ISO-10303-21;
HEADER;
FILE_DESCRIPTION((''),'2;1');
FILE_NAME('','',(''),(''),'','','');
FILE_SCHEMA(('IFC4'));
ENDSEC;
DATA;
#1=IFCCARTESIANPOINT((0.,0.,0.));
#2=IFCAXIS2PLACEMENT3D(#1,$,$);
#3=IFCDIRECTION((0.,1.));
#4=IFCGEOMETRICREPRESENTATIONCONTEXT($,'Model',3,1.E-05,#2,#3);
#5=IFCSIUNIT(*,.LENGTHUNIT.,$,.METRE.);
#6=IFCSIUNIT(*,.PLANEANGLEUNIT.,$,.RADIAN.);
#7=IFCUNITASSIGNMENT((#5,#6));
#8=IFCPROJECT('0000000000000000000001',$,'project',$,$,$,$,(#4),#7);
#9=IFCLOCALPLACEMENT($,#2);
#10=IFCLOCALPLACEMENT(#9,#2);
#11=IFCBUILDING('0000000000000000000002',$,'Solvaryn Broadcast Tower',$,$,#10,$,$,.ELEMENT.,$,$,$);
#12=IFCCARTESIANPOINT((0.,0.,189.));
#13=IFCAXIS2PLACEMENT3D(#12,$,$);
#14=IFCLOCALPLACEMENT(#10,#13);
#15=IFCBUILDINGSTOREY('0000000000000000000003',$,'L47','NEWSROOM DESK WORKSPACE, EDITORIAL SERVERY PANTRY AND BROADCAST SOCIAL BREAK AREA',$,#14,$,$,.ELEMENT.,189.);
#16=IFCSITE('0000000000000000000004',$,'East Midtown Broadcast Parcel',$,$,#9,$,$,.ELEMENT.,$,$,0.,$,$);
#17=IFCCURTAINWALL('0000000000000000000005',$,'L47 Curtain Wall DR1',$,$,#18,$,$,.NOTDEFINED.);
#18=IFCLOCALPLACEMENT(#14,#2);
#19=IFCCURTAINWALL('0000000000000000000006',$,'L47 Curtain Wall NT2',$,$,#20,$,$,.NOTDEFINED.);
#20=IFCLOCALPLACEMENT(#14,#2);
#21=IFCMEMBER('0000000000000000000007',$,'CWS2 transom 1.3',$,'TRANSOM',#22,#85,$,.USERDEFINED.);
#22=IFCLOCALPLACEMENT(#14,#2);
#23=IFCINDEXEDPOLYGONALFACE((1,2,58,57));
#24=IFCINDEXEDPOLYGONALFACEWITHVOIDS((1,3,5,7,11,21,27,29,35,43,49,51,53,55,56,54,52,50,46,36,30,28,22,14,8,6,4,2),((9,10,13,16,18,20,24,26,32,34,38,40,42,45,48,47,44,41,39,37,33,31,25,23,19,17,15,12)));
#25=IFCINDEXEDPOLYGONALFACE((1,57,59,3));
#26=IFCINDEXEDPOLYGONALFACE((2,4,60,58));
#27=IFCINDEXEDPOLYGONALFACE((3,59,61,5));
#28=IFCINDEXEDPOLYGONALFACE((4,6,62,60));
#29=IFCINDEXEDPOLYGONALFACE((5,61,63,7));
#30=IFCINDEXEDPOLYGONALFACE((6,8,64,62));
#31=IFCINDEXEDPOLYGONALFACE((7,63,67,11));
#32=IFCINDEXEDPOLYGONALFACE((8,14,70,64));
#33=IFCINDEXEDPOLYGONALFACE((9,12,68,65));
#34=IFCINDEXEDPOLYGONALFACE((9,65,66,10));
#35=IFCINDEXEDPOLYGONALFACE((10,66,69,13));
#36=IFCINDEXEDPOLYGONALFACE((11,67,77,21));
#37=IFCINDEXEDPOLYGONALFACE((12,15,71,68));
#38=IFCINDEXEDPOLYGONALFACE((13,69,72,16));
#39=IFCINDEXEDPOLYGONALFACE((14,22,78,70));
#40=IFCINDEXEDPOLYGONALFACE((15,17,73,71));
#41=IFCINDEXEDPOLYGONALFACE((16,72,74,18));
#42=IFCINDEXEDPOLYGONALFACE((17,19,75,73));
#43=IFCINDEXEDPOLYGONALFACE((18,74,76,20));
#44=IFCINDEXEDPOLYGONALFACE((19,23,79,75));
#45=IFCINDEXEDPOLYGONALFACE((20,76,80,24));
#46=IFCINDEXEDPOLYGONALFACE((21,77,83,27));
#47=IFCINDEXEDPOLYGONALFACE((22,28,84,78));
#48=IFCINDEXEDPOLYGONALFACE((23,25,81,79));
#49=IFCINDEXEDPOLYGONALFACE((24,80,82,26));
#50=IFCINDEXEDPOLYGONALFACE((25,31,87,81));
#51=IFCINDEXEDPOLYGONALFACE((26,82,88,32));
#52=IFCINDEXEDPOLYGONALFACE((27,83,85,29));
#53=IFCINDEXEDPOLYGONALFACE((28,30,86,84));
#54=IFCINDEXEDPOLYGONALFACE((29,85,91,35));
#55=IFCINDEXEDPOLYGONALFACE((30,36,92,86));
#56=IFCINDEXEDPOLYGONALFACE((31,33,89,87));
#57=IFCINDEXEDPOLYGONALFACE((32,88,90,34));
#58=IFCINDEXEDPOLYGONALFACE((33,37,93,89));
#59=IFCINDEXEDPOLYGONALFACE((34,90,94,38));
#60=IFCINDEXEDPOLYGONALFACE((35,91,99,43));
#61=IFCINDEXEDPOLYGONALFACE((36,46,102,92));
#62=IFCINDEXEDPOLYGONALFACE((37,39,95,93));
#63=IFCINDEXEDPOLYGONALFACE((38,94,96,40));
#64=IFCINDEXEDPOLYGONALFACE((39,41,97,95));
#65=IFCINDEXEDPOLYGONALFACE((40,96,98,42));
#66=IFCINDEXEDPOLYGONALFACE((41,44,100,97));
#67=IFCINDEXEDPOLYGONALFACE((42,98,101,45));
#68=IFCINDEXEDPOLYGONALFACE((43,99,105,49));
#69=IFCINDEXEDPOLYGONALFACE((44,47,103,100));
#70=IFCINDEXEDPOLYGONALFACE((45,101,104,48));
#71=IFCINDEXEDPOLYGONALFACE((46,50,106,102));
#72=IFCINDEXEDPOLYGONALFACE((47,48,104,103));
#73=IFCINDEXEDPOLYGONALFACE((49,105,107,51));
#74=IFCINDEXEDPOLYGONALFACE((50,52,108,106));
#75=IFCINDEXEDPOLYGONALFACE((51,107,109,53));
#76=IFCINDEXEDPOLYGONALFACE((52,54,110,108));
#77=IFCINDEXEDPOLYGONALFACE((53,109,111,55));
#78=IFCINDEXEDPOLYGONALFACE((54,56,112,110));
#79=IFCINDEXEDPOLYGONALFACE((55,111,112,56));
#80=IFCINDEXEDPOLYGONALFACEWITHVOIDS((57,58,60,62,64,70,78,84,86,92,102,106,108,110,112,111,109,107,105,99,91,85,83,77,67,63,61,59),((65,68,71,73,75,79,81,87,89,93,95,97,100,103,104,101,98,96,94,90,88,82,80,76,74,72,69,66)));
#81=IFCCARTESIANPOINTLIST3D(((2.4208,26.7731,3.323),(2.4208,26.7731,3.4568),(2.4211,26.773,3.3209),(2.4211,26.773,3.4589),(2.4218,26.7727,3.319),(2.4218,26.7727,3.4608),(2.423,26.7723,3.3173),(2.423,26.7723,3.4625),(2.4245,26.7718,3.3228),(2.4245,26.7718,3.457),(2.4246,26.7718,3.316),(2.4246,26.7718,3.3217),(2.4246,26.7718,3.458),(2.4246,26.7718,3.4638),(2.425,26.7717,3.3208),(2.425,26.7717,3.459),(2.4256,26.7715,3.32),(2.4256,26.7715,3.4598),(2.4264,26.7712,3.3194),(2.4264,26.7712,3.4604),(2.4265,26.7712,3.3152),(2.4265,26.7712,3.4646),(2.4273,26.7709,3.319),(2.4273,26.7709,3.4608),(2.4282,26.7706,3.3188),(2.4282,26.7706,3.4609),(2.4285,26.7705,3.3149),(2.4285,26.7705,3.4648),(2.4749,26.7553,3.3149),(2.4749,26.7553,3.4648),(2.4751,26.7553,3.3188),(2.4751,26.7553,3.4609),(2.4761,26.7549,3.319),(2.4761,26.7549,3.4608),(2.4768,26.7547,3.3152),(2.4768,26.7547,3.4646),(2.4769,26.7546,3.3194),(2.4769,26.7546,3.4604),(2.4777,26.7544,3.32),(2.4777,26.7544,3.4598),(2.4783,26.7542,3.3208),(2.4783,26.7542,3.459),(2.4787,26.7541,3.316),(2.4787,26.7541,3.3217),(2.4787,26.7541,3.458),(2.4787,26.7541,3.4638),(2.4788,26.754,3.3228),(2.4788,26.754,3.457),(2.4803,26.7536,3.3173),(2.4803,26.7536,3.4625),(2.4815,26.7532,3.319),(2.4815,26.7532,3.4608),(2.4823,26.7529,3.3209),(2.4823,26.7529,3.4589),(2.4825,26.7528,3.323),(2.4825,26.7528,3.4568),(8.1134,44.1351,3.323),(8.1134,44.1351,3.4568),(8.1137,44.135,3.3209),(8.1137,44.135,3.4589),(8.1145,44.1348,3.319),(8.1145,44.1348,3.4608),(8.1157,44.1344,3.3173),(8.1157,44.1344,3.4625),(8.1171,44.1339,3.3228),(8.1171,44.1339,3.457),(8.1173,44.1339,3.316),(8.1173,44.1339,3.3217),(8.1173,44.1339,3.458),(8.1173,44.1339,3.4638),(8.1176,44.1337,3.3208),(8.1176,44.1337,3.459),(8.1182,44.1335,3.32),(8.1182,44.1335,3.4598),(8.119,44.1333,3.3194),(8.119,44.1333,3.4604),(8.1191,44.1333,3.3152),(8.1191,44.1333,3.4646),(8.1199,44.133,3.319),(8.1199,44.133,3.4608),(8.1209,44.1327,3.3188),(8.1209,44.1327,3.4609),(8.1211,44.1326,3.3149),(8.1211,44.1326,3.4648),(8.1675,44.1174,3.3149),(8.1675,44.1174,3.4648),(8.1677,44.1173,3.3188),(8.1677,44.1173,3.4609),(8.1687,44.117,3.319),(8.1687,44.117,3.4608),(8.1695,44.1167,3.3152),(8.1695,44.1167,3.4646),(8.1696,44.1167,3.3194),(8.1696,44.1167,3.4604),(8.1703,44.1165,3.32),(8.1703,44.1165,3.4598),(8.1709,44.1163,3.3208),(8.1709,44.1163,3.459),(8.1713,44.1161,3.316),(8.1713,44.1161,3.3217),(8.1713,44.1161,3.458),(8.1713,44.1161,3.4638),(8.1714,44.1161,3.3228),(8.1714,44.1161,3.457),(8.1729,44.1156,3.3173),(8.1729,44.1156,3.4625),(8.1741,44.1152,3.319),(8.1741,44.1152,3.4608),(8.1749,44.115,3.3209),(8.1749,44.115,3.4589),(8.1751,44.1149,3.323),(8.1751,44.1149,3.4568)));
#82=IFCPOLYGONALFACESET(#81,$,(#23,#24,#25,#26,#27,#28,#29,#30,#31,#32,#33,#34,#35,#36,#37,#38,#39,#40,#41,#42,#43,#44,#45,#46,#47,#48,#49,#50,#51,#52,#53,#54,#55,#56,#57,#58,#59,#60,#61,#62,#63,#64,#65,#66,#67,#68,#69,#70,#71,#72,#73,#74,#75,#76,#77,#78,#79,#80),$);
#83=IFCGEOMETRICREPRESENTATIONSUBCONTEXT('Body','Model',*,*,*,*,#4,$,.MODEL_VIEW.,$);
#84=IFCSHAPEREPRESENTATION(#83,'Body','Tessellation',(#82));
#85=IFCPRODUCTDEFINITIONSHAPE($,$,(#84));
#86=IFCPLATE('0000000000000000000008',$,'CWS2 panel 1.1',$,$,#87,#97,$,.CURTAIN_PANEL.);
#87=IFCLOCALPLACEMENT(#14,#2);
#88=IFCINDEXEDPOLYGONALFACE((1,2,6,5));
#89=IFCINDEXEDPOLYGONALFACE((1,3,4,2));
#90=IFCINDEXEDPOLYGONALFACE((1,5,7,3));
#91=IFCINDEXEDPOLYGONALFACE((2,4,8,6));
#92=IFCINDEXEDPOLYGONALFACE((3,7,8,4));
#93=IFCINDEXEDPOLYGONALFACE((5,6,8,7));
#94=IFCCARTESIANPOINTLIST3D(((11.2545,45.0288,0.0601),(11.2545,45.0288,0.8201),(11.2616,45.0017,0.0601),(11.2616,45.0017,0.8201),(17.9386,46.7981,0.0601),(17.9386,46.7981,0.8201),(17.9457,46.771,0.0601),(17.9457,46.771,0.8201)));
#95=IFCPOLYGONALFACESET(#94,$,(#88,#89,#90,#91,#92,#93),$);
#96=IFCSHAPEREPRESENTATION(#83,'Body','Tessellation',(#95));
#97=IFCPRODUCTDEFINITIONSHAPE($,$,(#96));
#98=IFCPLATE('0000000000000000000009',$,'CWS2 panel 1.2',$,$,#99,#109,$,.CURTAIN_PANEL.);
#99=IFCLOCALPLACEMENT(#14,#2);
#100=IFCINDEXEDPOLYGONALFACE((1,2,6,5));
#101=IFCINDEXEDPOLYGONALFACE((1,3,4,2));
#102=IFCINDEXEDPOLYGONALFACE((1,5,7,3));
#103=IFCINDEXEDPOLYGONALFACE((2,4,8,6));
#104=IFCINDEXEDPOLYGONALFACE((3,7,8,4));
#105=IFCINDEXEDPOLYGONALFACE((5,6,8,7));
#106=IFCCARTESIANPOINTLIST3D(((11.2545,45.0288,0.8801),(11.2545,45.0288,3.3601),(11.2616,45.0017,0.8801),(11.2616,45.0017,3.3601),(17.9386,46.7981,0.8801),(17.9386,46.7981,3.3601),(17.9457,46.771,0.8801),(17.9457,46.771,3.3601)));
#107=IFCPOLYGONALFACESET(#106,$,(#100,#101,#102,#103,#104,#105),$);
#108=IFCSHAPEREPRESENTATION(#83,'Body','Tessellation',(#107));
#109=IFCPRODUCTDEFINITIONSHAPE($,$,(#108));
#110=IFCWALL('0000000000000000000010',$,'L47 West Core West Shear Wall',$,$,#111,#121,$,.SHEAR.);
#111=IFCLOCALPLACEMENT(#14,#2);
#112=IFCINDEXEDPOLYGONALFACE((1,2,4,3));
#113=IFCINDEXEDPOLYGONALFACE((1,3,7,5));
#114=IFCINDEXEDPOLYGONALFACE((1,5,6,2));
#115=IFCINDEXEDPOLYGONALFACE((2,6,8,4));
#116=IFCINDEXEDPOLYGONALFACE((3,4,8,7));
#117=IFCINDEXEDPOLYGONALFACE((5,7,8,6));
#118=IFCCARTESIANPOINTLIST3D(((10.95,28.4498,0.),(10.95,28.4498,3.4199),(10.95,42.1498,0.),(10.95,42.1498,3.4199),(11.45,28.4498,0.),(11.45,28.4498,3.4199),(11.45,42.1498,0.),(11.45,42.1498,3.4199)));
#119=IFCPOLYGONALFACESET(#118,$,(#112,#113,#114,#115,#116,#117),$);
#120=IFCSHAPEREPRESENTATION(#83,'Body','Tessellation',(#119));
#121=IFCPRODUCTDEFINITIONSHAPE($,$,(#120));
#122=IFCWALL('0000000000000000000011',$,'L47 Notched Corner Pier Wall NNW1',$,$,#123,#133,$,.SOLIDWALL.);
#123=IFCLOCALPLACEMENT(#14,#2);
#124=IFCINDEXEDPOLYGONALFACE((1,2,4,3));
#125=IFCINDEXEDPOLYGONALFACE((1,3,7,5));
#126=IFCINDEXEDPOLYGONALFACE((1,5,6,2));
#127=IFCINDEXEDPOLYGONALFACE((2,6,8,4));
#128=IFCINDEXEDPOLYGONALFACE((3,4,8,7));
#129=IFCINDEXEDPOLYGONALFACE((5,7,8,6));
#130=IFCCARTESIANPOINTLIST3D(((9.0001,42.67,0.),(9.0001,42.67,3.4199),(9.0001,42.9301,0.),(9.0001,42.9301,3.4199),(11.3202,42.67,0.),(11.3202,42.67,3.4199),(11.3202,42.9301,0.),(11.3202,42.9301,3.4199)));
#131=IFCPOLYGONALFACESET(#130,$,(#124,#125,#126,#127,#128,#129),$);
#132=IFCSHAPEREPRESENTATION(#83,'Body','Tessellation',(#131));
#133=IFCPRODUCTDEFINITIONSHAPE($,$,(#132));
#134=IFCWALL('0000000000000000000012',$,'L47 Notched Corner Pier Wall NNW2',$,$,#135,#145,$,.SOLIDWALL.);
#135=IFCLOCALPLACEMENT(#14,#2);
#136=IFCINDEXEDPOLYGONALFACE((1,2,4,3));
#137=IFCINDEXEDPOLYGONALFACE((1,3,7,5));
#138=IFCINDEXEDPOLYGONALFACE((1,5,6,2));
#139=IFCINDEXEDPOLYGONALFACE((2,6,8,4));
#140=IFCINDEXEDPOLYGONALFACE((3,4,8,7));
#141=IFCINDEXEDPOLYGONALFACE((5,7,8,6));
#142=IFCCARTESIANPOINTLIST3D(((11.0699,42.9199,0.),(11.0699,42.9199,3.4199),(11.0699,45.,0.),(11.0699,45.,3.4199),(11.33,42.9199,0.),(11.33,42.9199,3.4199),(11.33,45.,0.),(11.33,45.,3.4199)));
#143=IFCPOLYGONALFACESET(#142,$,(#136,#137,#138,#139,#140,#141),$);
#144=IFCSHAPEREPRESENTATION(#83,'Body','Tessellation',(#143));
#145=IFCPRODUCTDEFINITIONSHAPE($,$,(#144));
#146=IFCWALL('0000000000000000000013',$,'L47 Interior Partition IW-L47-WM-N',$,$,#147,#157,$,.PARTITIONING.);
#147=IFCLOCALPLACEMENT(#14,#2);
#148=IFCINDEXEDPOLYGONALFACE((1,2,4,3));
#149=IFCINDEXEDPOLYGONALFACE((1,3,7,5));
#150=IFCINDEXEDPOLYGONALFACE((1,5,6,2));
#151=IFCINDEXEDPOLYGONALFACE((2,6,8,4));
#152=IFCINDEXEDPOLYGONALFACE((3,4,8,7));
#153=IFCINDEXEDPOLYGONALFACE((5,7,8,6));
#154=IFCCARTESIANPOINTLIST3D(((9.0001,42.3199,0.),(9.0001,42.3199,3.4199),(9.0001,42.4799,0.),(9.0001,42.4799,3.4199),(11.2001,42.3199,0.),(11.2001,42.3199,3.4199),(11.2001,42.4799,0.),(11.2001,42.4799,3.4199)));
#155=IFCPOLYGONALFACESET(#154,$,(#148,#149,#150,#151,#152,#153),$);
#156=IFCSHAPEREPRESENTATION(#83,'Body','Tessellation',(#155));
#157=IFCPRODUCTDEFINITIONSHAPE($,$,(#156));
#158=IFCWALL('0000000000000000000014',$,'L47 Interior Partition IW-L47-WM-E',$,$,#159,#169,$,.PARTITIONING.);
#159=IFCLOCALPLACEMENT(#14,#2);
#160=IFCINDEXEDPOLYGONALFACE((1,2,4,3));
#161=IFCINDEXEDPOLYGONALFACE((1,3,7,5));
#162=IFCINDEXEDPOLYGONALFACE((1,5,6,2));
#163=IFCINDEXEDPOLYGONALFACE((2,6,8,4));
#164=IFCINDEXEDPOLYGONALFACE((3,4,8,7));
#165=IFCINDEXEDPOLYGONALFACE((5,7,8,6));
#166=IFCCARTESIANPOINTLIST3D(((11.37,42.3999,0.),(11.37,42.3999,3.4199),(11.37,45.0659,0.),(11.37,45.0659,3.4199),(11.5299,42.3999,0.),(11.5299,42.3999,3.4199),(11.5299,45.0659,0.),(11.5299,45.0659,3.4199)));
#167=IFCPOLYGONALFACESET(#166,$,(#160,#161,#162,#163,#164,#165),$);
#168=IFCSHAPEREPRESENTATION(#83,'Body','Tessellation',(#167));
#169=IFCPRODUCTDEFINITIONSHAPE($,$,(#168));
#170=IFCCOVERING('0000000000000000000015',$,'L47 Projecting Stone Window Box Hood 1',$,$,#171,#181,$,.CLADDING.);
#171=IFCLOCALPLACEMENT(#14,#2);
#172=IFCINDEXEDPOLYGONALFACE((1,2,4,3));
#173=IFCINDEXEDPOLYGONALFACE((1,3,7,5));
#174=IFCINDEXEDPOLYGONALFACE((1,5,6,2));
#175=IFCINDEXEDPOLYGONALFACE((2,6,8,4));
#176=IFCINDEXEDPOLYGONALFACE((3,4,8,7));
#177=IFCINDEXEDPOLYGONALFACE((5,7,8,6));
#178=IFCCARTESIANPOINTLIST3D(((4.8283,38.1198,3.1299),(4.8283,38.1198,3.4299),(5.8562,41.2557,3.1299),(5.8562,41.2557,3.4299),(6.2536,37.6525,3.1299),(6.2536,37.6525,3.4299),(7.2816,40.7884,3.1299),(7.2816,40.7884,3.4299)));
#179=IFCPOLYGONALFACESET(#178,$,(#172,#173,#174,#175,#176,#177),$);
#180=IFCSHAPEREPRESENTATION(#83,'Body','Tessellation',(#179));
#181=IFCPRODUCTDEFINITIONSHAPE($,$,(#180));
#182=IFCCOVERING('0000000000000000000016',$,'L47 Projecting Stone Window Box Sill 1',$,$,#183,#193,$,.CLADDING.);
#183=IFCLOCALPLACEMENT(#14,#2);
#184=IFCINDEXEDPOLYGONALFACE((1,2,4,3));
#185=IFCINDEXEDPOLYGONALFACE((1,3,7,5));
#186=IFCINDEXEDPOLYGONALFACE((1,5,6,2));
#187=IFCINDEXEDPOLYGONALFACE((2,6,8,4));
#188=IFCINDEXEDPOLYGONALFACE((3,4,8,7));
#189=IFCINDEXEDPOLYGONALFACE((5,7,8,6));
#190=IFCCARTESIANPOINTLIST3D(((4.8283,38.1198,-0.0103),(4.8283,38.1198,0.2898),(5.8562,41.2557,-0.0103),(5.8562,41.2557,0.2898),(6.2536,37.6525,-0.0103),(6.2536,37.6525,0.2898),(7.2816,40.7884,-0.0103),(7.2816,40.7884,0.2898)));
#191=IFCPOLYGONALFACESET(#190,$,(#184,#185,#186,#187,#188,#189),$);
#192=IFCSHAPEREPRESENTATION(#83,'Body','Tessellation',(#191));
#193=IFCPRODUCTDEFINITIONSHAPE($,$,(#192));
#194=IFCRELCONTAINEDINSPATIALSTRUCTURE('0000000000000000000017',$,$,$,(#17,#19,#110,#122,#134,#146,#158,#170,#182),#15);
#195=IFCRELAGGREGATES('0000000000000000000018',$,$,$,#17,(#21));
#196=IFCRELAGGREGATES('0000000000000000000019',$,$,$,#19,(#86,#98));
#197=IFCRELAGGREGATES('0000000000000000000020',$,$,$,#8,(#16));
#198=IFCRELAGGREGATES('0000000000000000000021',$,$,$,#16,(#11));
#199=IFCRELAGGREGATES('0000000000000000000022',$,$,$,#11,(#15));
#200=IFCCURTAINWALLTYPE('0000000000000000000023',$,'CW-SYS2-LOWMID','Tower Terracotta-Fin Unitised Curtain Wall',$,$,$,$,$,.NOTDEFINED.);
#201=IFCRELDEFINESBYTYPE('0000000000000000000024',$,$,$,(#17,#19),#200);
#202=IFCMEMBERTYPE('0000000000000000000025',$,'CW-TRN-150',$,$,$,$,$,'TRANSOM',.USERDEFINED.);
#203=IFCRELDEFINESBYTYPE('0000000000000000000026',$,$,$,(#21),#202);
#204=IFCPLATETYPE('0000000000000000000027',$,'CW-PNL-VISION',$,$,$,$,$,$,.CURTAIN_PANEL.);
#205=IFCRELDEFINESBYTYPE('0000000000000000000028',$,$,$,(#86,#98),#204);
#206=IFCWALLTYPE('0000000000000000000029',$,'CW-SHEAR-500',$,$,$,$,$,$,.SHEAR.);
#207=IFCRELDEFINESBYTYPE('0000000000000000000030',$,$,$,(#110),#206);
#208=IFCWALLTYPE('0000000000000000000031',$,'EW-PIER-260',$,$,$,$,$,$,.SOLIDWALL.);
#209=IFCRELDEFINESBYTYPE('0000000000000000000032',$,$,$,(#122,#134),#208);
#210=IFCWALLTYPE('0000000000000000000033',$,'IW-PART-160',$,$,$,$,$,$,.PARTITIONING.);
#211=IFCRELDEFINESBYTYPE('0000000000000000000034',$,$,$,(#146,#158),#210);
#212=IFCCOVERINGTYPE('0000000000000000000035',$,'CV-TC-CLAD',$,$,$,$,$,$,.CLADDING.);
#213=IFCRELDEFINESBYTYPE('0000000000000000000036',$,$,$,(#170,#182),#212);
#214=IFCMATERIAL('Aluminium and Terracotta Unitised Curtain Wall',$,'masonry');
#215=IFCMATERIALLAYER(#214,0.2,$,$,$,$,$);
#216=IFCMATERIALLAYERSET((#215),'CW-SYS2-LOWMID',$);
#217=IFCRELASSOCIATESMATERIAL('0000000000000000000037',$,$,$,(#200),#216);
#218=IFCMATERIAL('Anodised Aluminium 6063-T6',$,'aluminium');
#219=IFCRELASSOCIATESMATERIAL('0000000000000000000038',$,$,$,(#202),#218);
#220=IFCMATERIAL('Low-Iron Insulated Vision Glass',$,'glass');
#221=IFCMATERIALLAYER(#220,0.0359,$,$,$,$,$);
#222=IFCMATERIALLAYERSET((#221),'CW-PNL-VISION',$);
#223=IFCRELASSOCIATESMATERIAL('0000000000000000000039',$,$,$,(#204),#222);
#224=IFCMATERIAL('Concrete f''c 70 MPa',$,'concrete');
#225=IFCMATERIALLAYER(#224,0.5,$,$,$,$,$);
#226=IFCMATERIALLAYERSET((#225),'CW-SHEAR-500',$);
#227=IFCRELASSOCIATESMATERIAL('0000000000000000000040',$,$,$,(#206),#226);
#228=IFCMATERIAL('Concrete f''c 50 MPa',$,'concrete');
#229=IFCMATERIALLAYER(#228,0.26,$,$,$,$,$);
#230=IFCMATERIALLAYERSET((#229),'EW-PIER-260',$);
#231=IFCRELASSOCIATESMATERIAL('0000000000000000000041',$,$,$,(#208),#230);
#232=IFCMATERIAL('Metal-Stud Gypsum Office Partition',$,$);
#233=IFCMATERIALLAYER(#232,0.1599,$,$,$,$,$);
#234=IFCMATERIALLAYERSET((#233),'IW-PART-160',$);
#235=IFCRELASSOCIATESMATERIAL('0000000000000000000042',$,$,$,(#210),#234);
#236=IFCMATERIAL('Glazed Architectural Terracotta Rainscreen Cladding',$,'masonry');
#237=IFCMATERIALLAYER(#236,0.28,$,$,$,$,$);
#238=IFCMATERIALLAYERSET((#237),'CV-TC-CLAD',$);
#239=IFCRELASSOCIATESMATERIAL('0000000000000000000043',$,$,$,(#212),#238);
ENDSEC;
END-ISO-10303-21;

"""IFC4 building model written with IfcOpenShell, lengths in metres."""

from ifc_helpers import new_model, si_unit, direction, frame, frame_2d, origin, origin_2d, place, context, subcontext, project, spatial, rectangle, hollow_rectangle, extrude, material, layer, layer_set, material_profile, profile_set, type_object, element, aggregate, save


model = new_model("IFC4")

# Units and contexts
model_context = context("Model", 3, precision=1e-05, world=origin(), true_north=direction((0.0, 1.0)))
body_context = subcontext(model_context, "Body", "Model", "MODEL_VIEW")
ifc_project = project(units=[si_unit("LENGTHUNIT", "METRE"), si_unit("PLANEANGLEUNIT", "RADIAN")], contexts=[model_context])

# Site, building, storey
site_placement = place(None, origin())
site = spatial("IfcSite", under=ifc_project, at=site_placement, Name="East Midtown Broadcast Parcel", CompositionType="ELEMENT", RefElevation=0.0)
building_placement = place(site_placement, origin())
building = spatial("IfcBuilding", under=site, at=building_placement, Name="Solvaryn Broadcast Tower", CompositionType="ELEMENT")
storey_placement = place(building_placement, frame((0.0, 0.0, 189.0)))
storey = spatial("IfcBuildingStorey", under=building, at=storey_placement, Name="L47", Description="NEWSROOM DESK WORKSPACE, EDITORIAL SERVERY PANTRY AND BROADCAST SOCIAL BREAK AREA", CompositionType="ELEMENT", Elevation=189.0)

# Curtain walls
ifc_material_1 = material(Name="Aluminium and Terracotta Unitised Curtain Wall", Category="masonry")
ifc_layer_1 = layer(ifc_material_1, 0.2)
ifc_layer_set_1 = layer_set([ifc_layer_1], Name="CW-SYS2-LOWMID")
curtain_wall_type = type_object("IfcCurtainWallType", Name="CW-SYS2-LOWMID", Description="Tower Terracotta-Fin Unitised Curtain Wall", PredefinedType="NOTDEFINED", material=ifc_layer_set_1)
curtain_wall_1_placement = place(storey_placement, origin())
curtain_wall_1 = element("IfcCurtainWall", 1, at=curtain_wall_1_placement, inside=storey, type_object=curtain_wall_type, Name="L47 Curtain Wall DR1", PredefinedType="NOTDEFINED")
curtain_wall_2_placement = place(storey_placement, origin())
curtain_wall_2 = element("IfcCurtainWall", 2, at=curtain_wall_2_placement, inside=storey, type_object=curtain_wall_type, Name="L47 Curtain Wall NT2", PredefinedType="NOTDEFINED")

# Member
ifc_material_2 = material(Name="Anodised Aluminium 6063-T6", Category="aluminium")
ifc_material_profile_1 = material_profile(ifc_material_2, hollow_rectangle(XDim=0.0649, YDim=0.1499, WallThickness=0.0039, InnerFilletRadius=0.0039, OuterFilletRadius=0.0081, at=origin_2d()))
ifc_profile_set_1 = profile_set([ifc_material_profile_1], Name="Anodised Aluminium 6063-T6")
member_type_1 = type_object("IfcMemberType", Name="CW-TRN-150", ElementType="TRANSOM", PredefinedType="USERDEFINED", material=ifc_profile_set_1)
member_1_placement = place(storey_placement, frame((8.1443, 44.125, 3.3899), z_axis=(-0.311558, -0.950227, 0.0), x_axis=(0.950227, -0.311558, 0.0)))
member_1 = element("IfcMember", 3, at=member_1_placement, type_object=member_type_1, Name="CWS2 transom 1.3", ObjectType="TRANSOM", PredefinedType="USERDEFINED", context=body_context, shape_type="SweptSolid", body=[
    extrude(hollow_rectangle(XDim=0.0649, YDim=0.1499, WallThickness=0.0039, InnerFilletRadius=0.0039, OuterFilletRadius=0.0081, at=origin_2d()), origin(), (0.0, 0.0, 1.0), 18.2715),
])
aggregate(curtain_wall_1, [member_1])

# Plates
ifc_material_3 = material(Name="Low-Iron Insulated Vision Glass", Category="glass")
ifc_layer_2 = layer(ifc_material_3, 0.0359)
ifc_layer_set_2 = layer_set([ifc_layer_2], Name="CW-PNL-VISION")
plate_type = type_object("IfcPlateType", Name="CW-PNL-VISION", PredefinedType="CURTAIN_PANEL", material=ifc_layer_set_2)
plate_1_placement = place(storey_placement, frame((14.6001, 45.8999, 0.0601), z_axis=(0.0, 0.0, 1.0), x_axis=(-0.966705, -0.255893, 0.0)))
plate_1 = element("IfcPlate", 4, at=plate_1_placement, type_object=plate_type, Name="CWS2 panel 1.1", PredefinedType="CURTAIN_PANEL", context=body_context, shape_type="SweptSolid", body=[
    extrude(rectangle(XDim=6.9143, YDim=0.0281, at=origin_2d()), origin(), (0.0, 0.0, 1.0), 0.76),
])
plate_2_placement = place(storey_placement, frame((14.6001, 45.8999, 0.8801), z_axis=(0.0, 0.0, 1.0), x_axis=(-0.966705, -0.255893, 0.0)))
plate_2 = element("IfcPlate", 5, at=plate_2_placement, type_object=plate_type, Name="CWS2 panel 1.2", PredefinedType="CURTAIN_PANEL", context=body_context, shape_type="SweptSolid", body=[
    extrude(rectangle(XDim=6.9143, YDim=0.0281, at=origin_2d()), origin(), (0.0, 0.0, 1.0), 2.48),
])
aggregate(curtain_wall_2, [plate_1, plate_2])

# Walls
ifc_material_4 = material(Name="Concrete f'c 70 MPa", Category="concrete")
ifc_layer_3 = layer(ifc_material_4, 0.5)
ifc_layer_set_3 = layer_set([ifc_layer_3], Name="CW-SHEAR-500")
wall_type_1 = type_object("IfcWallType", Name="CW-SHEAR-500", PredefinedType="SHEAR", material=ifc_layer_set_3)
wall_1_placement = place(storey_placement, frame((11.2, 42.1499, 0.0), z_axis=(0.0, 0.0, 1.0), x_axis=(0.0, -1.0, 0.0)))
element("IfcWall", 6, at=wall_1_placement, inside=storey, type_object=wall_type_1, Name="L47 West Core West Shear Wall", PredefinedType="SHEAR", context=body_context, shape_type="SweptSolid", body=[
    extrude(rectangle(XDim=13.7, YDim=0.5, at=frame_2d((6.8501, 0.0))), origin(), (0.0, 0.0, 1.0), 3.4199),
])
ifc_material_5 = material(Name="Concrete f'c 50 MPa", Category="concrete")
ifc_layer_4 = layer(ifc_material_5, 0.26)
ifc_layer_set_4 = layer_set([ifc_layer_4], Name="EW-PIER-260")
wall_type_2 = type_object("IfcWallType", Name="EW-PIER-260", PredefinedType="SOLIDWALL", material=ifc_layer_set_4)
wall_2_placement = place(storey_placement, frame((9.0, 42.8, 0.0), z_axis=(0.0, 0.0, 1.0), x_axis=(1.0, 0.0, 0.0)))
element("IfcWall", 7, at=wall_2_placement, inside=storey, type_object=wall_type_2, Name="L47 Notched Corner Pier Wall NNW1", PredefinedType="SOLIDWALL", context=body_context, shape_type="SweptSolid", body=[
    extrude(rectangle(XDim=2.3201, YDim=0.26, at=frame_2d((1.1602, 0.0))), origin(), (0.0, 0.0, 1.0), 3.4199),
])
wall_3_placement = place(storey_placement, frame((11.2, 42.9199, 0.0), z_axis=(0.0, 0.0, 1.0), x_axis=(0.0, 1.0, 0.0)))
element("IfcWall", 8, at=wall_3_placement, inside=storey, type_object=wall_type_2, Name="L47 Notched Corner Pier Wall NNW2", PredefinedType="SOLIDWALL", context=body_context, shape_type="SweptSolid", body=[
    extrude(rectangle(XDim=2.0801, YDim=0.26, at=frame_2d((1.04, 0.0))), origin(), (0.0, 0.0, 1.0), 3.4199),
])
ifc_material_6 = material(Name="Metal-Stud Gypsum Office Partition")
ifc_layer_5 = layer(ifc_material_6, 0.1599)
ifc_layer_set_5 = layer_set([ifc_layer_5], Name="IW-PART-160")
wall_type_3 = type_object("IfcWallType", Name="IW-PART-160", PredefinedType="PARTITIONING", material=ifc_layer_set_5)
wall_4_placement = place(storey_placement, frame((9.0, 42.3999, 0.0), z_axis=(0.0, 0.0, 1.0), x_axis=(1.0, 0.0, 0.0)))
element("IfcWall", 9, at=wall_4_placement, inside=storey, type_object=wall_type_3, Name="L47 Interior Partition IW-L47-WM-N", PredefinedType="PARTITIONING", context=body_context, shape_type="SweptSolid", body=[
    extrude(rectangle(XDim=2.2, YDim=0.1599, at=frame_2d((1.1001, 0.0))), origin(), (0.0, 0.0, 1.0), 3.4199),
])
wall_5_placement = place(storey_placement, frame((11.45, 42.3999, 0.0), z_axis=(0.0, 0.0, 1.0), x_axis=(0.0, 1.0, 0.0)))
element("IfcWall", 10, at=wall_5_placement, inside=storey, type_object=wall_type_3, Name="L47 Interior Partition IW-L47-WM-E", PredefinedType="PARTITIONING", context=body_context, shape_type="SweptSolid", body=[
    extrude(rectangle(XDim=2.666, YDim=0.1599, at=frame_2d((1.333, 0.0))), origin(), (0.0, 0.0, 1.0), 3.4199),
])

# Coverings
ifc_material_7 = material(Name="Glazed Architectural Terracotta Rainscreen Cladding", Category="masonry")
ifc_layer_6 = layer(ifc_material_7, 0.28)
ifc_layer_set_6 = layer_set([ifc_layer_6], Name="CV-TC-CLAD")
covering_type_1 = type_object("IfcCoveringType", Name="CV-TC-CLAD", PredefinedType="CLADDING", material=ifc_layer_set_6)
for number, where, z_axis, x_axis, name in (
    (11, (6.0549, 39.4541, 3.1299), (0.0, 0.0, 1.0), (-0.311506, -0.950244, 0.0), "L47 Projecting Stone Window Box Hood 1"),
    (12, (6.0549, 39.4541, -0.0103), (0.0, 0.0, 1.0), (-0.311506, -0.950244, 0.0), "L47 Projecting Stone Window Box Sill 1"),
):
    element("IfcCovering", number, at=place(storey_placement, frame(where, z_axis=z_axis, x_axis=x_axis)), inside=storey, type_object=covering_type_1, Name=name, PredefinedType="CLADDING", context=body_context, shape_type="SweptSolid", body=[
        extrude(rectangle(XDim=3.3, YDim=1.5, at=origin_2d()), origin(), (0.0, 0.0, 1.0), 0.3),
    ])

save(model, "model.ifc")
